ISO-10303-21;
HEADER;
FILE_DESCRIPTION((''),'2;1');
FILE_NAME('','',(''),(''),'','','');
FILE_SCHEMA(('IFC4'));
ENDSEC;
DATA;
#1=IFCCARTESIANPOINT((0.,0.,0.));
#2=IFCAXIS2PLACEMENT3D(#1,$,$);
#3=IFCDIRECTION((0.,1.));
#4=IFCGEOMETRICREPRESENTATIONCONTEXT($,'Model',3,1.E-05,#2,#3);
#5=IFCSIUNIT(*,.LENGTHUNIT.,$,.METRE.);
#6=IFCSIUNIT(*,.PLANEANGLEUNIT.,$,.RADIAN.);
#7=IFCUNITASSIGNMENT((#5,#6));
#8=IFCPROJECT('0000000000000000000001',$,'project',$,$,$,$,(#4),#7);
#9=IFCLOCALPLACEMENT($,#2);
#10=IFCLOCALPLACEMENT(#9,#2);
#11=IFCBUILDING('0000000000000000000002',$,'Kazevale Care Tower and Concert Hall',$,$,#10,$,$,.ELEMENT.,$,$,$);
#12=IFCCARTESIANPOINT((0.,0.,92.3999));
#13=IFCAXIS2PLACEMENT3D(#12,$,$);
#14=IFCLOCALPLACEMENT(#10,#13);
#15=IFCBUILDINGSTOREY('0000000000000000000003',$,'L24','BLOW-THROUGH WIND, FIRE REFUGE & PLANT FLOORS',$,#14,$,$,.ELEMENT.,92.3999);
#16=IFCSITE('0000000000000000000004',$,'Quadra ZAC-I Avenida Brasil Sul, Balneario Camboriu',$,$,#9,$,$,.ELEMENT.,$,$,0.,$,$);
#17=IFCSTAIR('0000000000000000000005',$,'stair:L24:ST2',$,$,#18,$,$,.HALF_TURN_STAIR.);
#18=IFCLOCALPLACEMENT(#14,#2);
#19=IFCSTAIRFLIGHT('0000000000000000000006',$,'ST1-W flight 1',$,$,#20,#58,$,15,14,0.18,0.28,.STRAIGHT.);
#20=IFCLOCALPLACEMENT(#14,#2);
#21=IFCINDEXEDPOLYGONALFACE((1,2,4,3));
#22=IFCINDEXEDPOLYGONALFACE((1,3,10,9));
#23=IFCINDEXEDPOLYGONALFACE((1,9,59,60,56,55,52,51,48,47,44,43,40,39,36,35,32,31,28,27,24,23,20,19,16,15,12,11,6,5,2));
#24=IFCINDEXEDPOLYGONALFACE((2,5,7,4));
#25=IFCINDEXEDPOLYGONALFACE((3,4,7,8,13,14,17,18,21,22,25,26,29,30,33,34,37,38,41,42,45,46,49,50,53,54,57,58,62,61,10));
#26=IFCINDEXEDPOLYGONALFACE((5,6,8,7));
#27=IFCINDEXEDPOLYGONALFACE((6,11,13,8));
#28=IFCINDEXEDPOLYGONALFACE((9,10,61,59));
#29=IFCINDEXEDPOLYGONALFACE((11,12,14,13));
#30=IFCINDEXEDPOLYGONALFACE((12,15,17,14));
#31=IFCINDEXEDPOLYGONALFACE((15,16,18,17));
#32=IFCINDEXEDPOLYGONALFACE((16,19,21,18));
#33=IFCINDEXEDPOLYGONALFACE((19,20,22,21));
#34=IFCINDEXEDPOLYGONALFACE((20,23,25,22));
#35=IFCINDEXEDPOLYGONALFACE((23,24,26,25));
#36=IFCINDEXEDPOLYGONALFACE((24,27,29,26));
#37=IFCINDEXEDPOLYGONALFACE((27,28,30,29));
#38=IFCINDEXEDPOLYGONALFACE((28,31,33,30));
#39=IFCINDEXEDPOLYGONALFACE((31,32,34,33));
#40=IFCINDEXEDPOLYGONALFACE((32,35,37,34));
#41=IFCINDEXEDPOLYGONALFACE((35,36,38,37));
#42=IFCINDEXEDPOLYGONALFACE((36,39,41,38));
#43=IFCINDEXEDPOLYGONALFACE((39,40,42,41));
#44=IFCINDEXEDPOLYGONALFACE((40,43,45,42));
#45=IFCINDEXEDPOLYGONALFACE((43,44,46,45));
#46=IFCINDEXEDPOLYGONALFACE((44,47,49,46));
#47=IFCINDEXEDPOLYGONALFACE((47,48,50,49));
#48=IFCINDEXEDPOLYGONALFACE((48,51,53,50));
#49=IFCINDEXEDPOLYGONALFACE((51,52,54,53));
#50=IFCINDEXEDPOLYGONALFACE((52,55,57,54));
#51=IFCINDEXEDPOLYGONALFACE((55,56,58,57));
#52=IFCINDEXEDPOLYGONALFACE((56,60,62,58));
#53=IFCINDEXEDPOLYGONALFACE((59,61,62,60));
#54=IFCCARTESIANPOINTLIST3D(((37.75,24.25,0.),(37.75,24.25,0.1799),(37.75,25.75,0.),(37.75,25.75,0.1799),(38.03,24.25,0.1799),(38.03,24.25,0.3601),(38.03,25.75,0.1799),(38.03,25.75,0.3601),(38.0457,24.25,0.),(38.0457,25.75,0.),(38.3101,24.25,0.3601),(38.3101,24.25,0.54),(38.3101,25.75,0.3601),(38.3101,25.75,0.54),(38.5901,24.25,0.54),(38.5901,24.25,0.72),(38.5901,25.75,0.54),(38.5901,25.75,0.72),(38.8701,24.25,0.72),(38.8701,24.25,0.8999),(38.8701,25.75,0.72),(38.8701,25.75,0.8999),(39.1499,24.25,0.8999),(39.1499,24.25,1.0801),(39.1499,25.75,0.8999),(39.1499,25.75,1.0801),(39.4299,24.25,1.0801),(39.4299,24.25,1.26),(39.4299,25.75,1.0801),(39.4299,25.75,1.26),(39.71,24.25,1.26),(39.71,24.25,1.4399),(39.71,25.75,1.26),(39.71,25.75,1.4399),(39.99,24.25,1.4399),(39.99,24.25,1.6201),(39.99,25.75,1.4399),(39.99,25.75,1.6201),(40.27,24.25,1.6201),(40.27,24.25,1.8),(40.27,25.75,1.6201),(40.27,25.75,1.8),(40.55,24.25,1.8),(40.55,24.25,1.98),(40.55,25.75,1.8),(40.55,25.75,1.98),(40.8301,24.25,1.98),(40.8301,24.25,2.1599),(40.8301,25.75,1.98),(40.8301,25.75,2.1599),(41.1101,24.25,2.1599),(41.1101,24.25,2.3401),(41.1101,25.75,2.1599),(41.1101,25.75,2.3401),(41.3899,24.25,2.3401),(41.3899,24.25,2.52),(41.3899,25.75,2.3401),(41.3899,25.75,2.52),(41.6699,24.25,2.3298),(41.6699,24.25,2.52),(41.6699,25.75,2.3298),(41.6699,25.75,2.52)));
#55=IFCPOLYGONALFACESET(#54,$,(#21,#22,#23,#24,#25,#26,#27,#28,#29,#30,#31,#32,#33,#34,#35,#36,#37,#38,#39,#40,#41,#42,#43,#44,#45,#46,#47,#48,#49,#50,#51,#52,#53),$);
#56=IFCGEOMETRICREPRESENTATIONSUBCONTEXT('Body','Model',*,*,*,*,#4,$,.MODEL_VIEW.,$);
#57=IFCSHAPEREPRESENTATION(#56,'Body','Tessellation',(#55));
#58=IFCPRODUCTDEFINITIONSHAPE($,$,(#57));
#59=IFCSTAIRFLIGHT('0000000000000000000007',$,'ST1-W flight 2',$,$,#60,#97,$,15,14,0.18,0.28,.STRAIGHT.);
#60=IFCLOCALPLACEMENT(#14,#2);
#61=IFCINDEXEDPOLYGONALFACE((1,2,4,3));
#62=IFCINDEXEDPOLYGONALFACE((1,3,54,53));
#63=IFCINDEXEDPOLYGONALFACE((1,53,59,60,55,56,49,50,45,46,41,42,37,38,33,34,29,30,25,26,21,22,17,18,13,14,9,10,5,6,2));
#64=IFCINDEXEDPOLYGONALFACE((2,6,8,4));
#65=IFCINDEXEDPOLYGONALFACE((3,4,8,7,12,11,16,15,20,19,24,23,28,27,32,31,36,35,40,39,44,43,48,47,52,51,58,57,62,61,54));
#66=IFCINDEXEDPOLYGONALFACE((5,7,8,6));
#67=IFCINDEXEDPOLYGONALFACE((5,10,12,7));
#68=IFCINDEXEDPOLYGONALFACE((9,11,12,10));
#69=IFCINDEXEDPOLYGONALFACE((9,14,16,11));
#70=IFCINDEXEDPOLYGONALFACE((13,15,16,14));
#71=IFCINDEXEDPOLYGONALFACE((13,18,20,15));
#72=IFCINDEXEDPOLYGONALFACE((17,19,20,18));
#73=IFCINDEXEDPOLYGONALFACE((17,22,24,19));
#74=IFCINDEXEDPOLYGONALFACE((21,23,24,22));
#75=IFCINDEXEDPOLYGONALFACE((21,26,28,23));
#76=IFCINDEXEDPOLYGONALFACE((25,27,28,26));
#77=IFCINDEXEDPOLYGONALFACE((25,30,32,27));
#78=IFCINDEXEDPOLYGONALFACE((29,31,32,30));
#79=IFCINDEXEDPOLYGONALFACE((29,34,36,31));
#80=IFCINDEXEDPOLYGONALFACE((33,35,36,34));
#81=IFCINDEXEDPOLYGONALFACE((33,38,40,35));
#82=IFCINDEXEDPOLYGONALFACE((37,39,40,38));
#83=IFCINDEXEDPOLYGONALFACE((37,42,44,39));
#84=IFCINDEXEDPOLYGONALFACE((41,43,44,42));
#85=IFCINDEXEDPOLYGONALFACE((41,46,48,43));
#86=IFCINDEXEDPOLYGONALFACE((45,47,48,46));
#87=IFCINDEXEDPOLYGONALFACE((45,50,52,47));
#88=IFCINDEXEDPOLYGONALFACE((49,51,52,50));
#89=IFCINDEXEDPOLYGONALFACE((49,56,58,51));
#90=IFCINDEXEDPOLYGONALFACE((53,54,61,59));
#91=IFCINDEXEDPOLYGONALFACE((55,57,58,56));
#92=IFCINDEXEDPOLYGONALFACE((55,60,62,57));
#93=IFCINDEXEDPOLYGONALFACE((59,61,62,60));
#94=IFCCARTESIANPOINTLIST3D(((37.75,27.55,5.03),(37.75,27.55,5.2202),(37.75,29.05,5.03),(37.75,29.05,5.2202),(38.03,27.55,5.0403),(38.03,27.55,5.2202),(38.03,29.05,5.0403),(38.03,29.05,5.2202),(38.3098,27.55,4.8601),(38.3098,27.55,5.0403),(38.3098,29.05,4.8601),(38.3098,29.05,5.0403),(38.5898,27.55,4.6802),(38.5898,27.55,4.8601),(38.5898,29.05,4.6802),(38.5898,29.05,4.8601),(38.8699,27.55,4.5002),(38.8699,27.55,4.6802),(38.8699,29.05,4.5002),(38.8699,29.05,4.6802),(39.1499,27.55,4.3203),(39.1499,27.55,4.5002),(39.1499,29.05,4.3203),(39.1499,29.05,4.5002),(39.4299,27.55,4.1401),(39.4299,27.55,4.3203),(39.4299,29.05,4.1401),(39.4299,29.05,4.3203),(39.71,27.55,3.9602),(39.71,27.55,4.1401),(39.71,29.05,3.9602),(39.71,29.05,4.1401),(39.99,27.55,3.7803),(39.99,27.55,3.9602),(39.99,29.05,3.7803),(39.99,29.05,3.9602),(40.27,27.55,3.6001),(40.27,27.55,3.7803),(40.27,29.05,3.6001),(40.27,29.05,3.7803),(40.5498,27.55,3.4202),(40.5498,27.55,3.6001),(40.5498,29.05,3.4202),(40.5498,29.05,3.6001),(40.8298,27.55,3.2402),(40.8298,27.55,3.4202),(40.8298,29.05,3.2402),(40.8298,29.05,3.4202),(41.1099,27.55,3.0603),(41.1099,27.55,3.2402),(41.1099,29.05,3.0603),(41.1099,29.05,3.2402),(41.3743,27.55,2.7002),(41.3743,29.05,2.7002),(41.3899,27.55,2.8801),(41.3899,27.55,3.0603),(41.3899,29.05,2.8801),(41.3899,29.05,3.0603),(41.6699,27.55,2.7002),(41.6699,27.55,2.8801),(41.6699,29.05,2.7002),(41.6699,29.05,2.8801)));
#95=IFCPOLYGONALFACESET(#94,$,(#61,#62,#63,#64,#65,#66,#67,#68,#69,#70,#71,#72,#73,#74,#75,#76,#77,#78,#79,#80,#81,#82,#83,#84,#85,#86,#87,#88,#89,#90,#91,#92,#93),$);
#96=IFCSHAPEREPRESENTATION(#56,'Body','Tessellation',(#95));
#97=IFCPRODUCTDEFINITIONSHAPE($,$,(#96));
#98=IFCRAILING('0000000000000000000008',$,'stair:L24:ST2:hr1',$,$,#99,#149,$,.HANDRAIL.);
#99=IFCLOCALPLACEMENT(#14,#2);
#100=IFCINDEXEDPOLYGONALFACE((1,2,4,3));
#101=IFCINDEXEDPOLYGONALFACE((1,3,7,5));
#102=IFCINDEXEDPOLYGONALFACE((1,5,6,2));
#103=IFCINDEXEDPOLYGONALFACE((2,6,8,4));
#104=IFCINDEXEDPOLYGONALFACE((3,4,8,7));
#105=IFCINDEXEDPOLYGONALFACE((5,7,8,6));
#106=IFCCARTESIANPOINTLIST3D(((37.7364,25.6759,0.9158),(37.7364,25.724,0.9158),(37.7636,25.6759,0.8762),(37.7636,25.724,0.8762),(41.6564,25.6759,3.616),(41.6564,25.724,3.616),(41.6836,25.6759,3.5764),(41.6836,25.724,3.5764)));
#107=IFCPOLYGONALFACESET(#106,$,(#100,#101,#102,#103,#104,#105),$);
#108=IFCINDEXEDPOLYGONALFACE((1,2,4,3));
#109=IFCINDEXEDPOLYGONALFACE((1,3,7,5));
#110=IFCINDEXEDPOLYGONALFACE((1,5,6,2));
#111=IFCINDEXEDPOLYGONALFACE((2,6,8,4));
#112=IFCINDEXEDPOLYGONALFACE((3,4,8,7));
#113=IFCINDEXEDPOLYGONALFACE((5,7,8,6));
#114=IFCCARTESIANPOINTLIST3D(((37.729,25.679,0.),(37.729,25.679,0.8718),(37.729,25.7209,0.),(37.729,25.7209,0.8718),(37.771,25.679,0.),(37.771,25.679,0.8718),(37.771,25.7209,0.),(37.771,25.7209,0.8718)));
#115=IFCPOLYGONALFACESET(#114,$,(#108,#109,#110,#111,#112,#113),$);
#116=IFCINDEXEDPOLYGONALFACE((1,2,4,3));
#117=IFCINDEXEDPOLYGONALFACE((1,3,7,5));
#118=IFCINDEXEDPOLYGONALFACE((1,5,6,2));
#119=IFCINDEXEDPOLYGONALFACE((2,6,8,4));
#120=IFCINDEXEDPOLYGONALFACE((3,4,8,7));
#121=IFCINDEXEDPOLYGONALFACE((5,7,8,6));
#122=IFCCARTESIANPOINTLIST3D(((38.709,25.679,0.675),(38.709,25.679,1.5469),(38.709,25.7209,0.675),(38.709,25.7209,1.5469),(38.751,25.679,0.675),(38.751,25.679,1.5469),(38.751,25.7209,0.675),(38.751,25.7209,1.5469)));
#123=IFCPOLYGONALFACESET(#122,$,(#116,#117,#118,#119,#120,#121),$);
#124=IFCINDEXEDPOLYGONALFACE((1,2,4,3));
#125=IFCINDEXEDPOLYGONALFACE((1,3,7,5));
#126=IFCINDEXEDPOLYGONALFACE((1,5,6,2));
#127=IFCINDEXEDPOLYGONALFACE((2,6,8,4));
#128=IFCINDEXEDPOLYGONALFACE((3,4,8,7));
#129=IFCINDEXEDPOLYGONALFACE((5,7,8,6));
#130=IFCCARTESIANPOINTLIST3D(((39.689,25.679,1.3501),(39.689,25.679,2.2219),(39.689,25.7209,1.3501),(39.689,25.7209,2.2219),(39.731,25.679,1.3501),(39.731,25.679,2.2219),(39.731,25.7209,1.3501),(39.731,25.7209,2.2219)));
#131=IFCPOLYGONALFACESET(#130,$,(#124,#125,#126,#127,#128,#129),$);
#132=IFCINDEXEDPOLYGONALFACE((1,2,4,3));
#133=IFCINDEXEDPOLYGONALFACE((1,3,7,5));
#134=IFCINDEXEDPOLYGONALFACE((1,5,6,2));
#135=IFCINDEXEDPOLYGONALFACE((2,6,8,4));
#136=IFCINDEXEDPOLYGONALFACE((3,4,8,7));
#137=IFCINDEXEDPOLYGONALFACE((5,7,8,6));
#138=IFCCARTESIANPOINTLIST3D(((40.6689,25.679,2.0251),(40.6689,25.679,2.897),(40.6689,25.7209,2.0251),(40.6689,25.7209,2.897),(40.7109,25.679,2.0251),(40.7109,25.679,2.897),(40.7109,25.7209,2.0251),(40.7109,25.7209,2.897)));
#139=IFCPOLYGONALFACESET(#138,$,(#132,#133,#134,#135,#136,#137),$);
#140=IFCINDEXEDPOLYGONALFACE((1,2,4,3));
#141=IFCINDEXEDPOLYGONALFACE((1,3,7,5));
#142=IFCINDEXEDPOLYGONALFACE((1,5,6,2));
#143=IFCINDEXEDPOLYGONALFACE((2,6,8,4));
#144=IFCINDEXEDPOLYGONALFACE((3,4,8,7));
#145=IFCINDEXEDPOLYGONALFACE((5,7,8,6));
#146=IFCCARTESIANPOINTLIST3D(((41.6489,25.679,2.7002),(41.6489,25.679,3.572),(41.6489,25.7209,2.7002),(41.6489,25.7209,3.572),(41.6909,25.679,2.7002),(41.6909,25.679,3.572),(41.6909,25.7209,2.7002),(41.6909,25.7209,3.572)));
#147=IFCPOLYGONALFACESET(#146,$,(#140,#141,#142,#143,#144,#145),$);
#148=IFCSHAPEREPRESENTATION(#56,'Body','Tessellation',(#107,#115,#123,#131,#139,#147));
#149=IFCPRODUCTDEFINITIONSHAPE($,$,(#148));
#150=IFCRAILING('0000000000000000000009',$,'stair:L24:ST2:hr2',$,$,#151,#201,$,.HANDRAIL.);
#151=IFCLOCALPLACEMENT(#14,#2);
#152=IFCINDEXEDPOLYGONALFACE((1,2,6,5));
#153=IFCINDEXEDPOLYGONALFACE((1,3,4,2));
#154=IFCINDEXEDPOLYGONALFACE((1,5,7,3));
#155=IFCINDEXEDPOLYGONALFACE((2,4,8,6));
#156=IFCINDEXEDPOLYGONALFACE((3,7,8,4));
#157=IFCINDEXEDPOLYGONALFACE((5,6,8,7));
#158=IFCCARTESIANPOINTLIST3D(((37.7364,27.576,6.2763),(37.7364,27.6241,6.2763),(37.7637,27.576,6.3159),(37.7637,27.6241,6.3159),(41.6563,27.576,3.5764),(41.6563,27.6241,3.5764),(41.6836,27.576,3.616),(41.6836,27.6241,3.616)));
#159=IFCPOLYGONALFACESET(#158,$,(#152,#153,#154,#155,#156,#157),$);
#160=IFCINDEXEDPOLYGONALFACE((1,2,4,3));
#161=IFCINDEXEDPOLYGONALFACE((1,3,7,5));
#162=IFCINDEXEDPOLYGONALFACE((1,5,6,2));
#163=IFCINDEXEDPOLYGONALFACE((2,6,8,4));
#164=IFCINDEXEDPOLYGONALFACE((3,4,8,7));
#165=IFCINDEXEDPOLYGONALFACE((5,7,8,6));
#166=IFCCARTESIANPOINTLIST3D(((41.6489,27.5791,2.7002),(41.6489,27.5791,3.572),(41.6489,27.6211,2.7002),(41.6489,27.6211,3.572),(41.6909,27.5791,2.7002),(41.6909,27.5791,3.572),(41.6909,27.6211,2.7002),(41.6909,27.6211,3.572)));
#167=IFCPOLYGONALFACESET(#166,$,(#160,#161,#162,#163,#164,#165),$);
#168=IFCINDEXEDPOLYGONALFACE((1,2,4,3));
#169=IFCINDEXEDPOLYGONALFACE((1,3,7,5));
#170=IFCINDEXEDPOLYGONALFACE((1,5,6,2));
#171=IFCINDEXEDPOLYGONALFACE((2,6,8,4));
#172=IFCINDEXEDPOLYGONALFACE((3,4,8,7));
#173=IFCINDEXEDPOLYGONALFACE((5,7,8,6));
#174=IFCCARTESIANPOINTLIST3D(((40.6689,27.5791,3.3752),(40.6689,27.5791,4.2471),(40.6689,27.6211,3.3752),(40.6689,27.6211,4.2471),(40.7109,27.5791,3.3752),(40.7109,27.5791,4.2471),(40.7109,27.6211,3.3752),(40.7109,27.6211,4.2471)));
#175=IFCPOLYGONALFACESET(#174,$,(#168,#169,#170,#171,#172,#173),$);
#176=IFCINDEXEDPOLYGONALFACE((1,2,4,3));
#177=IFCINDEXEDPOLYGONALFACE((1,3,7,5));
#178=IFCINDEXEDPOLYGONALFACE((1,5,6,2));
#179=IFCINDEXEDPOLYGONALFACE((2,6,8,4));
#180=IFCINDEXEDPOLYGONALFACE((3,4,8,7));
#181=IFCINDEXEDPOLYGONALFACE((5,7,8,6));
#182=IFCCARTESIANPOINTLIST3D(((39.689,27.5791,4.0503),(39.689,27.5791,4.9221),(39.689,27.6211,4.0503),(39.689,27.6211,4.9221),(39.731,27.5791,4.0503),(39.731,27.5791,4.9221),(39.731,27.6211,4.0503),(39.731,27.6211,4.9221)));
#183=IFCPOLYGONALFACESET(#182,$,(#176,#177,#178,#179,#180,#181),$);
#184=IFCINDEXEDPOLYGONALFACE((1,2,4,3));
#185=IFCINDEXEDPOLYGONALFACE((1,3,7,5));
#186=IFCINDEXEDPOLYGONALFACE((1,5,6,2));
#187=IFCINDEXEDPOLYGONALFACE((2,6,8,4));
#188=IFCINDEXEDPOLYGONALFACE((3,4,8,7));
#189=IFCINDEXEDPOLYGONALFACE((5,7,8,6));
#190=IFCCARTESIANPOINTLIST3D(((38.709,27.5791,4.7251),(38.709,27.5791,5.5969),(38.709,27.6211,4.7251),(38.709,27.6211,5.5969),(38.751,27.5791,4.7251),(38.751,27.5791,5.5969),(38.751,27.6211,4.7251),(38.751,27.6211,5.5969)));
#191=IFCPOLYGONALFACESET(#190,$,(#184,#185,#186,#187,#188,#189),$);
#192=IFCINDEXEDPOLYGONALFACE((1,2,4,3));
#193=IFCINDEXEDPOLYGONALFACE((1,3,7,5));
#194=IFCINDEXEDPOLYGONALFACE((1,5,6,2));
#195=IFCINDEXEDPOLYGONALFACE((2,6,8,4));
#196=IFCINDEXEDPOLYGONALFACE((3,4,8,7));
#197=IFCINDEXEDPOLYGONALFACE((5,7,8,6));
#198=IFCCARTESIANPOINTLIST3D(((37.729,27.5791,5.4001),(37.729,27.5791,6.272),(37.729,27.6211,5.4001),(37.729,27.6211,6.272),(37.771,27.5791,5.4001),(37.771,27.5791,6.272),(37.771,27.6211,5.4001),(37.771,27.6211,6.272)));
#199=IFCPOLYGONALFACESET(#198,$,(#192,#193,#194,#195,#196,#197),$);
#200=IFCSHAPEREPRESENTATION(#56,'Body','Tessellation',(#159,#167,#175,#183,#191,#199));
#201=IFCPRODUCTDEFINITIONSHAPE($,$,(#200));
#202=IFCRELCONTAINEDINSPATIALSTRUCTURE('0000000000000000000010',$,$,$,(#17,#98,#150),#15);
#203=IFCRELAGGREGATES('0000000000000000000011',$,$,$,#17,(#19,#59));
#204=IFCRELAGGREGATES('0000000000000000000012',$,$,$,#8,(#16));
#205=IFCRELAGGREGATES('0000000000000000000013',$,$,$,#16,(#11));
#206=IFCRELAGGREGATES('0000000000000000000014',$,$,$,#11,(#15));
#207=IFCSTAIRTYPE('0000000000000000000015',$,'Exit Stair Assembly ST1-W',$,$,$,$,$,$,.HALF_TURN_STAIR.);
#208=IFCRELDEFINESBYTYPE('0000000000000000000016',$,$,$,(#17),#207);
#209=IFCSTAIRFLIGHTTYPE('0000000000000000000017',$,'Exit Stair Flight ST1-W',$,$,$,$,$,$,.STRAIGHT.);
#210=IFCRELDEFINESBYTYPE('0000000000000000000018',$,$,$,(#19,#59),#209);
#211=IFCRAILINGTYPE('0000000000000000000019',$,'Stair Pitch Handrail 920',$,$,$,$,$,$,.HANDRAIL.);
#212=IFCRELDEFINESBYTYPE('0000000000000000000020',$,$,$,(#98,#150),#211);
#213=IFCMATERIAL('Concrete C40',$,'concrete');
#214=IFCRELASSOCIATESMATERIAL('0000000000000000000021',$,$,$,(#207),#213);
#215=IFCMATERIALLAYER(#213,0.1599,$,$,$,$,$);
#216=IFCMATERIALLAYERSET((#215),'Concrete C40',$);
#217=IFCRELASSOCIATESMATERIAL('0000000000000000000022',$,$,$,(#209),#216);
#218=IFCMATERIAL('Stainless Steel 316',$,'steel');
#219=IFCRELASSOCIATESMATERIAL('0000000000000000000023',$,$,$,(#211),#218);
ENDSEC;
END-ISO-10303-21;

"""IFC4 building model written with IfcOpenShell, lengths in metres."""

from ifc_helpers import new_model, si_unit, direction, frame, origin, origin_2d, place, context, subcontext, project, spatial, polyline, rectangle, outline, extrude, material, layer, layer_set, type_object, element, aggregate, save


model = new_model("IFC4")

# Units and contexts
model_context = context("Model", 3, precision=1e-05, world=origin(), true_north=direction((0.0, 1.0)))
body_context = subcontext(model_context, "Body", "Model", "MODEL_VIEW")
ifc_project = project(units=[si_unit("LENGTHUNIT", "METRE"), si_unit("PLANEANGLEUNIT", "RADIAN")], contexts=[model_context])

# Site, building, storey
site_placement = place(None, origin())
site = spatial("IfcSite", under=ifc_project, at=site_placement, Name="Quadra ZAC-I Avenida Brasil Sul, Balneario Camboriu", CompositionType="ELEMENT", RefElevation=0.0)
building_placement = place(site_placement, origin())
building = spatial("IfcBuilding", under=site, at=building_placement, Name="Kazevale Care Tower and Concert Hall", CompositionType="ELEMENT")
storey_placement = place(building_placement, frame((0.0, 0.0, 92.3999)))
storey = spatial("IfcBuildingStorey", under=building, at=storey_placement, Name="L24", Description="BLOW-THROUGH WIND, FIRE REFUGE & PLANT FLOORS", CompositionType="ELEMENT", Elevation=92.3999)

# Stair, stair flights
ifc_material_1 = material(Name="Concrete C40", Category="concrete")
stair_type = type_object("IfcStairType", Name="Exit Stair Assembly ST1-W", PredefinedType="HALF_TURN_STAIR", material=ifc_material_1)
stair_placement = place(storey_placement, origin())
stair = element("IfcStair", 1, at=stair_placement, inside=storey, type_object=stair_type, Name="stair:L24:ST2", PredefinedType="HALF_TURN_STAIR")
ifc_layer_1 = layer(ifc_material_1, 0.1599)
ifc_layer_set_1 = layer_set([ifc_layer_1], Name="Concrete C40")
stair_flight_type = type_object("IfcStairFlightType", Name="Exit Stair Flight ST1-W", PredefinedType="STRAIGHT", material=ifc_layer_set_1)
stair_flight_1_placement = place(storey_placement, frame((37.75, 25.0, 0.0), z_axis=(0.0, 0.0, 1.0), x_axis=(1.0, 0.0, 0.0)))
stair_flight_1 = element("IfcStairFlight", 2, at=stair_flight_1_placement, type_object=stair_flight_type, Name="ST1-W flight 1", NumberOfRisers=15, NumberOfTreads=14, PredefinedType="STRAIGHT", RiserHeight=0.18, TreadLength=0.28, context=body_context, shape_type="SweptSolid", body=[
    extrude(outline(polyline([(0.0, 0.0), (0.0, 0.1799), (0.28, 0.1799), (0.28, 0.3601), (0.5601, 0.3601), (0.5601, 0.54), (0.8401, 0.54), (0.8401, 0.72), (1.1201, 0.72), (1.1201, 0.8999), (1.3999, 0.8999), (1.3999, 1.0801), (1.6799, 1.0801), (1.6799, 1.26), (1.96, 1.26), (1.96, 1.4399), (2.24, 1.4399), (2.24, 1.6201), (2.52, 1.6201), (2.52, 1.8), (2.8, 1.8), (2.8, 1.98), (3.0801, 1.98), (3.0801, 2.1599), (3.3601, 2.1599), (3.3601, 2.3401), (3.6399, 2.3401), (3.6399, 2.52), (3.9199, 2.52), (3.9199, 2.7), (3.9199, 2.3298), (0.2957, 0.0), (0.0, 0.0)])), frame((0.0, 0.75, 0.0), z_axis=(0.0, -1.0, 0.0), x_axis=(1.0, 0.0, 0.0)), (0.0, 0.0, 1.0), 1.5),
])
stair_flight_2_placement = place(storey_placement, frame((41.6699, 28.3, 2.7002), z_axis=(0.0, 0.0, 1.0), x_axis=(-1.0, 0.0, 0.0)))
stair_flight_2 = element("IfcStairFlight", 3, at=stair_flight_2_placement, type_object=stair_flight_type, Name="ST1-W flight 2", NumberOfRisers=15, NumberOfTreads=14, PredefinedType="STRAIGHT", RiserHeight=0.18, TreadLength=0.28, context=body_context, shape_type="SweptSolid", body=[
    extrude(outline(polyline([(0.0, 0.0), (0.0, 0.1799), (0.28, 0.1799), (0.28, 0.3601), (0.5601, 0.3601), (0.5601, 0.54), (0.8401, 0.54), (0.8401, 0.72), (1.1201, 0.72), (1.1201, 0.8999), (1.3999, 0.8999), (1.3999, 1.0801), (1.6799, 1.0801), (1.6799, 1.26), (1.96, 1.26), (1.96, 1.4399), (2.24, 1.4399), (2.24, 1.6201), (2.52, 1.6201), (2.52, 1.8), (2.8, 1.8), (2.8, 1.98), (3.0801, 1.98), (3.0801, 2.1599), (3.3601, 2.1599), (3.3601, 2.3401), (3.6399, 2.3401), (3.6399, 2.52), (3.9199, 2.52), (3.9199, 2.7), (3.9199, 2.3298), (0.2957, 0.0), (0.0, 0.0)])), frame((0.0, 0.75, 0.0), z_axis=(0.0, -1.0, 0.0), x_axis=(1.0, 0.0, 0.0)), (0.0, 0.0, 1.0), 1.5),
])
aggregate(stair, [stair_flight_1, stair_flight_2])

# Railings
ifc_material_2 = material(Name="Stainless Steel 316", Category="steel")
railing_type_1 = type_object("IfcRailingType", Name="Stair Pitch Handrail 920", PredefinedType="HANDRAIL", material=ifc_material_2)
railing_1_placement = place(storey_placement, frame((37.75, 25.7, 0.0)))
element("IfcRailing", 4, at=railing_1_placement, inside=storey, type_object=railing_type_1, Name="stair:L24:ST2:hr1", PredefinedType="HANDRAIL", context=body_context, shape_type="SweptSolid", body=[
    extrude(rectangle(XDim=0.0481, YDim=0.0481, at=origin_2d()), frame((0.0, 0.0, 0.896), z_axis=(0.823527, 0.0, 0.567277), x_axis=(0.0, 1.0, 0.0)), (0.0, 0.0, 1.0), 4.76),
    extrude(rectangle(XDim=0.042, YDim=0.042, at=origin_2d()), origin(), (0.0, 0.0, 1.0), 0.8718),
    extrude(rectangle(XDim=0.042, YDim=0.042, at=origin_2d()), frame((0.98, 0.0, 0.675)), (0.0, 0.0, 1.0), 0.8718),
    extrude(rectangle(XDim=0.042, YDim=0.042, at=origin_2d()), frame((1.96, 0.0, 1.3501)), (0.0, 0.0, 1.0), 0.8718),
    extrude(rectangle(XDim=0.042, YDim=0.042, at=origin_2d()), frame((2.9399, 0.0, 2.0251)), (0.0, 0.0, 1.0), 0.8718),
    extrude(rectangle(XDim=0.042, YDim=0.042, at=origin_2d()), frame((3.9199, 0.0, 2.7002)), (0.0, 0.0, 1.0), 0.8718),
])
railing_2_placement = place(storey_placement, frame((41.6699, 27.6001, 2.7002)))
element("IfcRailing", 5, at=railing_2_placement, inside=storey, type_object=railing_type_1, Name="stair:L24:ST2:hr2", PredefinedType="HANDRAIL", context=body_context, shape_type="SweptSolid", body=[
    extrude(rectangle(XDim=0.0481, YDim=0.0481, at=origin_2d()), frame((0.0, 0.0, 0.896), z_axis=(-0.823551, 0.0, 0.567243), x_axis=(0.0, -1.0, 0.0)), (0.0, 0.0, 1.0), 4.7598),
    extrude(rectangle(XDim=0.042, YDim=0.042, at=origin_2d()), origin(), (0.0, 0.0, 1.0), 0.8718),
    extrude(rectangle(XDim=0.042, YDim=0.042, at=origin_2d()), frame((-0.98, 0.0, 0.675)), (0.0, 0.0, 1.0), 0.8718),
    extrude(rectangle(XDim=0.042, YDim=0.042, at=origin_2d()), frame((-1.96, 0.0, 1.3501)), (0.0, 0.0, 1.0), 0.8718),
    extrude(rectangle(XDim=0.042, YDim=0.042, at=origin_2d()), frame((-2.9399, 0.0, 2.0249)), (0.0, 0.0, 1.0), 0.8718),
    extrude(rectangle(XDim=0.042, YDim=0.042, at=origin_2d()), frame((-3.9199, 0.0, 2.7)), (0.0, 0.0, 1.0), 0.8718),
])

save(model, "model.ifc")
